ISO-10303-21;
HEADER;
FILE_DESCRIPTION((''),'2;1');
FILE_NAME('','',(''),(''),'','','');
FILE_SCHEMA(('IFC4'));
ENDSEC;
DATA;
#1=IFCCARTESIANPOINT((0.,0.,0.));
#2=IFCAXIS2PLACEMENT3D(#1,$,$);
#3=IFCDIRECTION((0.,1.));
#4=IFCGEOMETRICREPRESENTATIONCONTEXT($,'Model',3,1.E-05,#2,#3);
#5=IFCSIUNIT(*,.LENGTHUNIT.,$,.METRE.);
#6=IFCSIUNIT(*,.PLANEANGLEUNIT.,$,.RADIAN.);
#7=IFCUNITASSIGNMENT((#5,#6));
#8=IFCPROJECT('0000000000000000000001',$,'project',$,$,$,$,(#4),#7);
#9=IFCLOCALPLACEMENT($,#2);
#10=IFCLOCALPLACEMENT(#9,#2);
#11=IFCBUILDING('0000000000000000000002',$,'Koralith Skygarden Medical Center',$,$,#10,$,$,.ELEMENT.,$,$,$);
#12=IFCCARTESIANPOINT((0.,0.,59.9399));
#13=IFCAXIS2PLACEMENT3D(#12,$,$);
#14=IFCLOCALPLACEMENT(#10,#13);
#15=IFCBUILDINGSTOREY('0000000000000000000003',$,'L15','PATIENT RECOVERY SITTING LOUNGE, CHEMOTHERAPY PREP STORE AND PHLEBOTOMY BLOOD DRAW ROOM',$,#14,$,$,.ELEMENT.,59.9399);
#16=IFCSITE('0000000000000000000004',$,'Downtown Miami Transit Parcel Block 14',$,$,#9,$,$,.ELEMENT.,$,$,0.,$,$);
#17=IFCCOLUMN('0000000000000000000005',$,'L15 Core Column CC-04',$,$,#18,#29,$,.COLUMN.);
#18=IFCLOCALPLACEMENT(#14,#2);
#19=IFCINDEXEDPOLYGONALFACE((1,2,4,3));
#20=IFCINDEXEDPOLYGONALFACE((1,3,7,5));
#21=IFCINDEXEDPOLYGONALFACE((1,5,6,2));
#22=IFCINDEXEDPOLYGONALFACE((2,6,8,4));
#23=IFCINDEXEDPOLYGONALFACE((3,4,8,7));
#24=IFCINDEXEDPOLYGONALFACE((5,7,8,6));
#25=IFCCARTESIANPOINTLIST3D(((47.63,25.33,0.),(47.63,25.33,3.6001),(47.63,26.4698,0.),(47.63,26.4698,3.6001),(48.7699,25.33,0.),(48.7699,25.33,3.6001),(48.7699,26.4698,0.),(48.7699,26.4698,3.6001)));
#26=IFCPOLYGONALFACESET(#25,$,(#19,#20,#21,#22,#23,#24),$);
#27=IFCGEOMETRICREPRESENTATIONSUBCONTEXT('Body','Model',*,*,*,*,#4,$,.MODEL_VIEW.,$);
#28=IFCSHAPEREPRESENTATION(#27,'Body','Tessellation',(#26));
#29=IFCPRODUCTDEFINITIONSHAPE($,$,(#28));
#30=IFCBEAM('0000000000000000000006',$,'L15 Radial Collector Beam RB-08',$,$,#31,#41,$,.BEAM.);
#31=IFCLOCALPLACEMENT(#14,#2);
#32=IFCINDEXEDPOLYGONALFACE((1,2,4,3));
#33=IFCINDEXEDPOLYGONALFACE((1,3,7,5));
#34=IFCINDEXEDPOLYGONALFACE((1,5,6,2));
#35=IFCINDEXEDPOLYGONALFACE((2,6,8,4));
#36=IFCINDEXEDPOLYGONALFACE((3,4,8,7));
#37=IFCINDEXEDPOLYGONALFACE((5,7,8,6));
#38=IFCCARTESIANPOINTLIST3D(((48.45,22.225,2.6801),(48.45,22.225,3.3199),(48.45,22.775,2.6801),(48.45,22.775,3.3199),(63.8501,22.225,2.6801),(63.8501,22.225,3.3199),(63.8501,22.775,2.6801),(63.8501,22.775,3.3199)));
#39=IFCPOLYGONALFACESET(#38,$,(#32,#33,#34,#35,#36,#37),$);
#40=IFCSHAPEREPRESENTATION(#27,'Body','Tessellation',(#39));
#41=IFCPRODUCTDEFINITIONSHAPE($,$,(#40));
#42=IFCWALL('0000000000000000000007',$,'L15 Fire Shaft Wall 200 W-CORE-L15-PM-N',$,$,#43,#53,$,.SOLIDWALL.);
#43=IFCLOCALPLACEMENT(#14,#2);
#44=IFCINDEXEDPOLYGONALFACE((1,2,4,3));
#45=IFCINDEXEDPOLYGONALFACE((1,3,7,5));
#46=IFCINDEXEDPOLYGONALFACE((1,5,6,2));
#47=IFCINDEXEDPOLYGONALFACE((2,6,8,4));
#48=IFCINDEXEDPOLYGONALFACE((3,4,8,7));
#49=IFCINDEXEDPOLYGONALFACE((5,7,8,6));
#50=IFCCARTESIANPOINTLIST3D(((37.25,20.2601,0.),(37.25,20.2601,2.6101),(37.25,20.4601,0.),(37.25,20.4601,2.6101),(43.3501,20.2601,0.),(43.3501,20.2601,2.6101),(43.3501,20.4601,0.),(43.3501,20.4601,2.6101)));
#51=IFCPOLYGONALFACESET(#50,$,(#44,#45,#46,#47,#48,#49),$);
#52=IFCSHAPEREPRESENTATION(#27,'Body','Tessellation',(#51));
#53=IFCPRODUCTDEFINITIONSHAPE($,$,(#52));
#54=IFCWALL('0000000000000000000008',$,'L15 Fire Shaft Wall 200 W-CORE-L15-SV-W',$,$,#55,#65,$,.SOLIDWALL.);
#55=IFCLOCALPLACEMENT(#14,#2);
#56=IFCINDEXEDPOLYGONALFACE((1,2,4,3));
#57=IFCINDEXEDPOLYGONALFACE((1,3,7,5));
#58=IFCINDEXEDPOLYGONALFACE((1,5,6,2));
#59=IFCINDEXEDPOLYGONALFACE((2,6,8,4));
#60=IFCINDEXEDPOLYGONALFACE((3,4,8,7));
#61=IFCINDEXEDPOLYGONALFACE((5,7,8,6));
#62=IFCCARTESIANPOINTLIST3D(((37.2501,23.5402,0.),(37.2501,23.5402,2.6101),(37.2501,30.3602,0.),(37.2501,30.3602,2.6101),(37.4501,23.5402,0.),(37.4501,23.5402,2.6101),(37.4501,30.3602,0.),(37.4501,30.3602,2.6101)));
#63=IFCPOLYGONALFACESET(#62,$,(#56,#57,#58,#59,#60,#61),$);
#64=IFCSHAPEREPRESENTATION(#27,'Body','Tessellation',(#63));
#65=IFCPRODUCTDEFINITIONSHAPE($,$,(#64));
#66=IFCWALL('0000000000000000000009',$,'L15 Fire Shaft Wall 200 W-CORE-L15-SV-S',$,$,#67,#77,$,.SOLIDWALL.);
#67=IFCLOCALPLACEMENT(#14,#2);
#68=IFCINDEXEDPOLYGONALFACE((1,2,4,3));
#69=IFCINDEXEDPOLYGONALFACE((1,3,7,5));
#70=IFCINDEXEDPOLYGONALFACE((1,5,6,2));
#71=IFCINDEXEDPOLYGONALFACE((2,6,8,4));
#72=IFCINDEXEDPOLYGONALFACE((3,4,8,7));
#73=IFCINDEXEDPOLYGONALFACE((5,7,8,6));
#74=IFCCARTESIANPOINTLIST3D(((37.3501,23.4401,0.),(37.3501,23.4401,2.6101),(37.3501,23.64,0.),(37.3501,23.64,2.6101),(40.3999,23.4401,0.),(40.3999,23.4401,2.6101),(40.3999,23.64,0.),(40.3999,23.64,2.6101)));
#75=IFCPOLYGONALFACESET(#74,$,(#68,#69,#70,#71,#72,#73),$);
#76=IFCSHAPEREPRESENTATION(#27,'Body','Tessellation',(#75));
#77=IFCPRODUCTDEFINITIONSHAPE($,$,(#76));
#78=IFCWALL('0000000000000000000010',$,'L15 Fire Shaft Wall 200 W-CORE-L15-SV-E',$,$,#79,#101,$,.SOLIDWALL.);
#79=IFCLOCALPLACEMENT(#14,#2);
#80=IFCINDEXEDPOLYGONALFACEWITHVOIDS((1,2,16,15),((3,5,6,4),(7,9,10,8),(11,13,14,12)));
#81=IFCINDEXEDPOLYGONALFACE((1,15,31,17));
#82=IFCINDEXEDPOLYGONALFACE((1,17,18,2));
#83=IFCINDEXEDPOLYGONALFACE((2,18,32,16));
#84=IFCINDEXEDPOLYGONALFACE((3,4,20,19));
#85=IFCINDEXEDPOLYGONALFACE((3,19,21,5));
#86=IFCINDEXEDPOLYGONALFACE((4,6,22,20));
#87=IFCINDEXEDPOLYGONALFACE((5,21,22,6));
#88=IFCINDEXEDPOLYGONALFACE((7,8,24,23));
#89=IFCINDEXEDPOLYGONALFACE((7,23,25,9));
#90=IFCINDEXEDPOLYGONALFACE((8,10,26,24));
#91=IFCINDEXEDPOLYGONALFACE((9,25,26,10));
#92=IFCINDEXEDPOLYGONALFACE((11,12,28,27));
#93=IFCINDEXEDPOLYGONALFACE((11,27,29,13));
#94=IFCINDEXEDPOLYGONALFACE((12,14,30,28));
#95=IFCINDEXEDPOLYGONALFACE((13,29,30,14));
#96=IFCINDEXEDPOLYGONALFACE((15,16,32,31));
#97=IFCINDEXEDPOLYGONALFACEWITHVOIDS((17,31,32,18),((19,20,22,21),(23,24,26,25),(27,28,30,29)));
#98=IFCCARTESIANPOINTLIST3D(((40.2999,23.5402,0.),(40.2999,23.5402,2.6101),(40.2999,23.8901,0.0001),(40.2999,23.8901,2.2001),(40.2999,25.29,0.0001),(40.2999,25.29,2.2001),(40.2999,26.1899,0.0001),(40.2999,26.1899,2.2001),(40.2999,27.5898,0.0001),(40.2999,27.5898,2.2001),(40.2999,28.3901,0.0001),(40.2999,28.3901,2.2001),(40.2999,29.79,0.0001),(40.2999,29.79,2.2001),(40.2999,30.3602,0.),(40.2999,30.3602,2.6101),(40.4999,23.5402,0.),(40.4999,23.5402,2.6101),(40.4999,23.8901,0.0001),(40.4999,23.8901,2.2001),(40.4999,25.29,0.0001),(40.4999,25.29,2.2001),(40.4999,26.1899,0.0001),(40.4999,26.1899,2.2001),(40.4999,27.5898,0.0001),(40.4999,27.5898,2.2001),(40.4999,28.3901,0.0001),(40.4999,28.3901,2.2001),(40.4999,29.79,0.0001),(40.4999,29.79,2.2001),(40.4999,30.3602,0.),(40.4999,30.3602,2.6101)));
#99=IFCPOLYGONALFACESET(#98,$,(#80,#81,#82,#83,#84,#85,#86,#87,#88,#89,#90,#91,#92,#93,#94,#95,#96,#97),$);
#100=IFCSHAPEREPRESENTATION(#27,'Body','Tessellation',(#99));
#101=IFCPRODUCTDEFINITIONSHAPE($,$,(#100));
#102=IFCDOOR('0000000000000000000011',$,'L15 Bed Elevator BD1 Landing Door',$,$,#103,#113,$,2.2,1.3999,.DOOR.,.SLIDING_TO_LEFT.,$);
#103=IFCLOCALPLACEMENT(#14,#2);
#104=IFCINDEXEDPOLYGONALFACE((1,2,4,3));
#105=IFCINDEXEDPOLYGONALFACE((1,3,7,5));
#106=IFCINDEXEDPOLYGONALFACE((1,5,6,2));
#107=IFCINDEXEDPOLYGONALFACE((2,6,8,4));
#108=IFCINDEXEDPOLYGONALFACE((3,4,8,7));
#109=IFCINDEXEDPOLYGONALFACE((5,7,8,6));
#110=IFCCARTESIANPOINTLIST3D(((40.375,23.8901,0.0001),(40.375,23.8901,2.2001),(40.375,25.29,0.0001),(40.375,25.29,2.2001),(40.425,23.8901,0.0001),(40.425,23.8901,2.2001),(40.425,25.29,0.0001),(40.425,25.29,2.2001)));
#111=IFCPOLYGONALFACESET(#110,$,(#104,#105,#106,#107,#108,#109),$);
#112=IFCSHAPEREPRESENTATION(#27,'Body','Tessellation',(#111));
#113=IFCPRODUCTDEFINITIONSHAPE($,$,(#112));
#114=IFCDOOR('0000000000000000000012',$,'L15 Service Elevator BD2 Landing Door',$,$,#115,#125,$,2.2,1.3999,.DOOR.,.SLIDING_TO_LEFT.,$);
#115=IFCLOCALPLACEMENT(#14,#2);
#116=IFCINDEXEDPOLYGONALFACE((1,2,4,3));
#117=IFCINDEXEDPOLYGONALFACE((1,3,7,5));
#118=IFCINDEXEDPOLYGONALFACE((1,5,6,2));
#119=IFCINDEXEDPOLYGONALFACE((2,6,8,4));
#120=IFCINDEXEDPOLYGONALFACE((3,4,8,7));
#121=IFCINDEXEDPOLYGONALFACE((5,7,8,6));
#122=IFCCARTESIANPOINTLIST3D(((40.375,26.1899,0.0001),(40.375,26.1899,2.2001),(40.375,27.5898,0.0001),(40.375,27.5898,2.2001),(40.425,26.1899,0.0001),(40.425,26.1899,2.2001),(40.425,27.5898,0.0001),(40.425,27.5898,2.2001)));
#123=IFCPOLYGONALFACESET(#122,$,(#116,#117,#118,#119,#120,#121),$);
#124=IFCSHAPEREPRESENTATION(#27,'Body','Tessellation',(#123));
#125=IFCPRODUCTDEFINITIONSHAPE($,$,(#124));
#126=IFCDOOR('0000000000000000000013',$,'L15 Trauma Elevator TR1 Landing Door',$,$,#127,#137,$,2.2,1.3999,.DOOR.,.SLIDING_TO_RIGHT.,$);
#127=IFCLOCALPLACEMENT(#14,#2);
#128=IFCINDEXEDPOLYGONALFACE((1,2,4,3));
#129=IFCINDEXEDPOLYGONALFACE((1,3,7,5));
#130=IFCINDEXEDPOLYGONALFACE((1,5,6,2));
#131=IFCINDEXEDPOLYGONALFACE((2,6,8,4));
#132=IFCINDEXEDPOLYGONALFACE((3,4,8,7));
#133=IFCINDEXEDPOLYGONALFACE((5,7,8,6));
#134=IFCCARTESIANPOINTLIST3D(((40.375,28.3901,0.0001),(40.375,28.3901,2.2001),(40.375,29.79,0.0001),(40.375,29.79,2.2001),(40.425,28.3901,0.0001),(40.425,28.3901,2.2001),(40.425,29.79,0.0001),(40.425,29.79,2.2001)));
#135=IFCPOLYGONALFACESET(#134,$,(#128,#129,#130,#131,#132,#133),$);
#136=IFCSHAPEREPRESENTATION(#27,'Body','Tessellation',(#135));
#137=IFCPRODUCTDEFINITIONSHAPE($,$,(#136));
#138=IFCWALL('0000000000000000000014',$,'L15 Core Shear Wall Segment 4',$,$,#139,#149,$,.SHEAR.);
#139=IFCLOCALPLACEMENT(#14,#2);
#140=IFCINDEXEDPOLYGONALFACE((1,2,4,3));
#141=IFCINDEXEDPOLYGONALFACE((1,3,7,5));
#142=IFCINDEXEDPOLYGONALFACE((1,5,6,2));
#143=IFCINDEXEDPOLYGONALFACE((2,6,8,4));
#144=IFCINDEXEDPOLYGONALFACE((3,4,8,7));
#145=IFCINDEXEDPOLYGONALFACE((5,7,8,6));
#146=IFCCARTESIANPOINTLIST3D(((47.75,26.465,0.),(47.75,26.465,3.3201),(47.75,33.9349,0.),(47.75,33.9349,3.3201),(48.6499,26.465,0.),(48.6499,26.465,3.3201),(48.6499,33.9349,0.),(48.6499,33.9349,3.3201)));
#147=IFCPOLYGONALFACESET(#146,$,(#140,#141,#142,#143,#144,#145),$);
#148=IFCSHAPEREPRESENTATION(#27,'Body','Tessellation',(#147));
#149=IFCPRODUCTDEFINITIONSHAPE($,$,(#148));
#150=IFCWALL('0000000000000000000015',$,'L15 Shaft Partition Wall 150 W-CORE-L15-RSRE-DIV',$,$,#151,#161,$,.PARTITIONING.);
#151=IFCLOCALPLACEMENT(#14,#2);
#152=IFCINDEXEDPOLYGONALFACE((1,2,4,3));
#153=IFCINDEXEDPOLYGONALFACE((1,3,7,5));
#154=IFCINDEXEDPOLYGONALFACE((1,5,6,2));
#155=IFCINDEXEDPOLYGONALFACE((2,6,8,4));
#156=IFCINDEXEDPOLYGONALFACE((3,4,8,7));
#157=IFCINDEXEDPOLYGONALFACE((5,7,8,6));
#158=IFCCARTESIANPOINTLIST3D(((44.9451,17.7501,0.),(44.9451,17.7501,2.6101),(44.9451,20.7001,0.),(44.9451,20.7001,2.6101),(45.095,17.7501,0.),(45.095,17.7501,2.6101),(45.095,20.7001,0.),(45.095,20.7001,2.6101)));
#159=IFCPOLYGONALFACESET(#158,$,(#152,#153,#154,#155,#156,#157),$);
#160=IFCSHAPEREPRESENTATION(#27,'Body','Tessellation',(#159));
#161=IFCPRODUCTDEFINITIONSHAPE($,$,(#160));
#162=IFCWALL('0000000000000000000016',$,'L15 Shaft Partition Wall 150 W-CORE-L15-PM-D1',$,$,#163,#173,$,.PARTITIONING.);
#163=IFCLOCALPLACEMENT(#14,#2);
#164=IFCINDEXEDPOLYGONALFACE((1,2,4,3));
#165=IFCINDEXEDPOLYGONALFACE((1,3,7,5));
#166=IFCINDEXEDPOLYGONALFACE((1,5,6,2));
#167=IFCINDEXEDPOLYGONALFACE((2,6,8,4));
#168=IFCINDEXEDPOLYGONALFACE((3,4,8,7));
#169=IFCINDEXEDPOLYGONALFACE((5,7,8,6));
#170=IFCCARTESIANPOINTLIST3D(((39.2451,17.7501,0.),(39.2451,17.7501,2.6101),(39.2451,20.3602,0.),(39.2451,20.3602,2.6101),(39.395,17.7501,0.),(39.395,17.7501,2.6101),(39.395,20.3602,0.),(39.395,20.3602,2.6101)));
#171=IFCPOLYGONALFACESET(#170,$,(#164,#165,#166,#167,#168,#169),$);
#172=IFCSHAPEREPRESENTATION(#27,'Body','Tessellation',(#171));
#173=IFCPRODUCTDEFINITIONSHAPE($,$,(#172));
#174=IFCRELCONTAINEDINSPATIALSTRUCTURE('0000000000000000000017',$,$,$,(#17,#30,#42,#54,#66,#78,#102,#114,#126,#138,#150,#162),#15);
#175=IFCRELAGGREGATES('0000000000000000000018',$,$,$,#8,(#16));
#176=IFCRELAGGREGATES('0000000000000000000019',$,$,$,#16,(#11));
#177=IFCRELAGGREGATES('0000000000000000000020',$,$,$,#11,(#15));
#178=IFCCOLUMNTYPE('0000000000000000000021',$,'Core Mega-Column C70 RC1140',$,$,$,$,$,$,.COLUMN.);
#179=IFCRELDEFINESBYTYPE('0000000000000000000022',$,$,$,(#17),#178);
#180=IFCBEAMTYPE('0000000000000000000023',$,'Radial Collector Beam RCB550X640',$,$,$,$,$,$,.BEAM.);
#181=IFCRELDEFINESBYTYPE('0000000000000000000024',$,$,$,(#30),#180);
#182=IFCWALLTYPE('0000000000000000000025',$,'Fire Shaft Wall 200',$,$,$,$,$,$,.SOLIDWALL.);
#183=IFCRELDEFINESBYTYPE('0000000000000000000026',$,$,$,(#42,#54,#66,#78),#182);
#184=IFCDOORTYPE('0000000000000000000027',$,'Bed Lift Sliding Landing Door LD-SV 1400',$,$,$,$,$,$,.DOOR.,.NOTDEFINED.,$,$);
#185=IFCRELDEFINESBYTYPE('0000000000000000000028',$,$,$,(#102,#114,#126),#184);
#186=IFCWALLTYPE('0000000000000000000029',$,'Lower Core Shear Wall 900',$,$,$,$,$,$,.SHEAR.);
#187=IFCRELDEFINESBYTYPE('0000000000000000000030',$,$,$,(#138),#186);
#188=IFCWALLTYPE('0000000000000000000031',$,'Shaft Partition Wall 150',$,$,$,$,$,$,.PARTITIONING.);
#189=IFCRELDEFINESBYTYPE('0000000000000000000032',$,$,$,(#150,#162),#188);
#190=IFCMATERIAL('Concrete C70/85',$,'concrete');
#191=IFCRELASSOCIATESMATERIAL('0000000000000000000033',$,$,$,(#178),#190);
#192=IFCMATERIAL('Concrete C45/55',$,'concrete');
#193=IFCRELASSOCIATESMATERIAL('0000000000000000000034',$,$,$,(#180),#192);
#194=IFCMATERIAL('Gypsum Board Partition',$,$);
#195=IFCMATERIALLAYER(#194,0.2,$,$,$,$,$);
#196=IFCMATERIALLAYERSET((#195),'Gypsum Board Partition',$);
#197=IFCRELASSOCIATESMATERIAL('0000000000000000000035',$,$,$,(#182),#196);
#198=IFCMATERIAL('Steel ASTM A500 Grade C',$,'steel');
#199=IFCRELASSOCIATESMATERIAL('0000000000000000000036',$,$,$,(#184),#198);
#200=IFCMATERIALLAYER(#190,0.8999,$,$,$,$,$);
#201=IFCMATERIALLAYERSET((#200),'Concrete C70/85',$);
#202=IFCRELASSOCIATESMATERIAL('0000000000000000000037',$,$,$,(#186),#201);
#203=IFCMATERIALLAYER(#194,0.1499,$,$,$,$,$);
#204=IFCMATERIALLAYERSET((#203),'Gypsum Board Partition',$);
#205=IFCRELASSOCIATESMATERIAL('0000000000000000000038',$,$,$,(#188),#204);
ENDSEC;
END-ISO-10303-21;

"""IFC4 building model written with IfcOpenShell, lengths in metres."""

from ifc_helpers import new_model, si_unit, direction, frame, frame_2d, origin, origin_2d, place, context, subcontext, project, spatial, rectangle, extrude, material, layer, layer_set, material_profile, profile_set, type_object, element, fill, save


model = new_model("IFC4")

# Units and contexts
model_context = context("Model", 3, precision=1e-05, world=origin(), true_north=direction((0.0, 1.0)))
body_context = subcontext(model_context, "Body", "Model", "MODEL_VIEW")
ifc_project = project(units=[si_unit("LENGTHUNIT", "METRE"), si_unit("PLANEANGLEUNIT", "RADIAN")], contexts=[model_context])

# Site, building, storey
site_placement = place(None, origin())
site = spatial("IfcSite", under=ifc_project, at=site_placement, Name="Downtown Miami Transit Parcel Block 14", CompositionType="ELEMENT", RefElevation=0.0)
building_placement = place(site_placement, origin())
building = spatial("IfcBuilding", under=site, at=building_placement, Name="Koralith Skygarden Medical Center", CompositionType="ELEMENT")
storey_placement = place(building_placement, frame((0.0, 0.0, 59.9399)))
storey = spatial("IfcBuildingStorey", under=building, at=storey_placement, Name="L15", Description="PATIENT RECOVERY SITTING LOUNGE, CHEMOTHERAPY PREP STORE AND PHLEBOTOMY BLOOD DRAW ROOM", CompositionType="ELEMENT", Elevation=59.9399)

# Column
ifc_material_1 = material(Name="Concrete C70/85", Category="concrete")
ifc_material_profile_1 = material_profile(ifc_material_1, rectangle(XDim=1.1399, YDim=1.1399, at=origin_2d()), Name="RC1140X1140")
ifc_profile_set_1 = profile_set([ifc_material_profile_1], Name="Concrete C70/85")
column_type = type_object("IfcColumnType", Name="Core Mega-Column C70 RC1140", PredefinedType="COLUMN", material=ifc_profile_set_1)
column_placement = place(storey_placement, frame((48.2, 25.8999, 0.0), z_axis=(0.0, 0.0, 1.0), x_axis=(1.0, 0.0, 0.0)))
element("IfcColumn", 1, at=column_placement, inside=storey, type_object=column_type, Name="L15 Core Column CC-04", PredefinedType="COLUMN", context=body_context, shape_type="SweptSolid", body=[
    extrude(rectangle(XDim=1.1399, YDim=1.1399, at=origin_2d()), origin(), (0.0, 0.0, 1.0), 3.6001),
])

# Beam
ifc_material_2 = material(Name="Concrete C45/55", Category="concrete")
ifc_material_profile_2 = material_profile(ifc_material_2, rectangle(XDim=0.55, YDim=0.6399, at=origin_2d()), Name="RCB550X640")
ifc_profile_set_2 = profile_set([ifc_material_profile_2], Name="Concrete C45/55")
beam_type = type_object("IfcBeamType", Name="Radial Collector Beam RCB550X640", PredefinedType="BEAM", material=ifc_profile_set_2)
beam_placement = place(storey_placement, frame((48.45, 22.5, 3.0), z_axis=(1.0, 0.0, 0.0), x_axis=(0.0, 1.0, 0.0)))
element("IfcBeam", 2, at=beam_placement, inside=storey, type_object=beam_type, Name="L15 Radial Collector Beam RB-08", PredefinedType="BEAM", context=body_context, shape_type="SweptSolid", body=[
    extrude(rectangle(XDim=0.55, YDim=0.6399, at=origin_2d()), origin(), (0.0, 0.0, 1.0), 15.4001),
])

# Shared definitions
ifc_material_3 = material(Name="Gypsum Board Partition")
ifc_layer_1 = layer(ifc_material_3, 0.2)
ifc_layer_set_1 = layer_set([ifc_layer_1], Name="Gypsum Board Partition")
wall_type_1 = type_object("IfcWallType", Name="Fire Shaft Wall 200", PredefinedType="SOLIDWALL", material=ifc_layer_set_1)
ifc_material_4 = material(Name="Steel ASTM A500 Grade C", Category="steel")

# Walls
wall_1_placement = place(storey_placement, frame((37.25, 20.3601, 0.0), z_axis=(0.0, 0.0, 1.0), x_axis=(1.0, 0.0, 0.0)))
element("IfcWall", 3, at=wall_1_placement, inside=storey, type_object=wall_type_1, Name="L15 Fire Shaft Wall 200 W-CORE-L15-PM-N", PredefinedType="SOLIDWALL", context=body_context, shape_type="SweptSolid", body=[
    extrude(rectangle(XDim=6.1001, YDim=0.2, at=frame_2d((3.05, 0.0))), origin(), (0.0, 0.0, 1.0), 2.6101),
])
wall_2_placement = place(storey_placement, frame((37.3501, 23.54, 0.0), z_axis=(0.0, 0.0, 1.0), x_axis=(0.0, 1.0, 0.0)))
element("IfcWall", 4, at=wall_2_placement, inside=storey, type_object=wall_type_1, Name="L15 Fire Shaft Wall 200 W-CORE-L15-SV-W", PredefinedType="SOLIDWALL", context=body_context, shape_type="SweptSolid", body=[
    extrude(rectangle(XDim=6.8201, YDim=0.2, at=frame_2d((3.4102, 0.0))), origin(), (0.0, 0.0, 1.0), 2.6101),
])
wall_3_placement = place(storey_placement, frame((37.3501, 23.54, 0.0), z_axis=(0.0, 0.0, 1.0), x_axis=(1.0, 0.0, 0.0)))
element("IfcWall", 5, at=wall_3_placement, inside=storey, type_object=wall_type_1, Name="L15 Fire Shaft Wall 200 W-CORE-L15-SV-S", PredefinedType="SOLIDWALL", context=body_context, shape_type="SweptSolid", body=[
    extrude(rectangle(XDim=3.0498, YDim=0.2, at=frame_2d((1.5249, 0.0))), origin(), (0.0, 0.0, 1.0), 2.6101),
])

# Wall, openings, doors
wall_4_placement = place(storey_placement, frame((40.3999, 23.54, 0.0), z_axis=(0.0, 0.0, 1.0), x_axis=(0.0, 1.0, 0.0)))
wall_4 = element("IfcWall", 6, at=wall_4_placement, inside=storey, type_object=wall_type_1, Name="L15 Fire Shaft Wall 200 W-CORE-L15-SV-E", PredefinedType="SOLIDWALL", context=body_context, shape_type="SweptSolid", body=[
    extrude(rectangle(XDim=6.8201, YDim=0.2, at=frame_2d((3.4102, 0.0))), origin(), (0.0, 0.0, 1.0), 2.6101),
])
opening_1_placement = place(wall_4_placement, frame((0.3501, 0.0, 0.0)))
opening_1 = element("IfcOpeningElement", 7, at=opening_1_placement, cuts=wall_4, PredefinedType="OPENING", context=body_context, shape_type="SweptSolid", body=[
    extrude(rectangle(XDim=1.3999, YDim=2.2, at=frame_2d((0.7, 1.1001))), frame((0.0, 0.1099, 0.0), z_axis=(0.0, -1.0, 0.0), x_axis=(1.0, 0.0, 0.0)), (0.0, 0.0, 1.0), 0.22),
])
opening_2_placement = place(wall_4_placement, frame((2.6499, 0.0, 0.0)))
opening_2 = element("IfcOpeningElement", 8, at=opening_2_placement, cuts=wall_4, PredefinedType="OPENING", context=body_context, shape_type="SweptSolid", body=[
    extrude(rectangle(XDim=1.3999, YDim=2.2, at=frame_2d((0.7, 1.1001))), frame((0.0, 0.1099, 0.0), z_axis=(0.0, -1.0, 0.0), x_axis=(1.0, 0.0, 0.0)), (0.0, 0.0, 1.0), 0.22),
])
opening_3_placement = place(wall_4_placement, frame((4.8501, 0.0, 0.0)))
opening_3 = element("IfcOpeningElement", 9, at=opening_3_placement, cuts=wall_4, PredefinedType="OPENING", context=body_context, shape_type="SweptSolid", body=[
    extrude(rectangle(XDim=1.3999, YDim=2.2, at=frame_2d((0.7, 1.1001))), frame((0.0, 0.1099, 0.0), z_axis=(0.0, -1.0, 0.0), x_axis=(1.0, 0.0, 0.0)), (0.0, 0.0, 1.0), 0.22),
])
door_type_1 = type_object("IfcDoorType", Name="Bed Lift Sliding Landing Door LD-SV 1400", OperationType="NOTDEFINED", PredefinedType="DOOR", material=ifc_material_4)
door_1_placement = place(opening_1_placement, origin())
door_1 = element("IfcDoor", 10, at=door_1_placement, inside=storey, type_object=door_type_1, Name="L15 Bed Elevator BD1 Landing Door", OperationType="SLIDING_TO_LEFT", OverallHeight=2.2, OverallWidth=1.3999, PredefinedType="DOOR", context=body_context, shape_type="SweptSolid", body=[
    extrude(rectangle(XDim=1.3999, YDim=2.2, at=frame_2d((0.7, 1.1001))), frame((0.0, 0.0249, 0.0), z_axis=(0.0, -1.0, 0.0), x_axis=(1.0, 0.0, 0.0)), (0.0, 0.0, 1.0), 0.05),
])
fill(opening_1, door_1)
door_2_placement = place(opening_2_placement, origin())
door_2 = element("IfcDoor", 11, at=door_2_placement, inside=storey, type_object=door_type_1, Name="L15 Service Elevator BD2 Landing Door", OperationType="SLIDING_TO_LEFT", OverallHeight=2.2, OverallWidth=1.3999, PredefinedType="DOOR", context=body_context, shape_type="SweptSolid", body=[
    extrude(rectangle(XDim=1.3999, YDim=2.2, at=frame_2d((0.7, 1.1001))), frame((0.0, 0.0249, 0.0), z_axis=(0.0, -1.0, 0.0), x_axis=(1.0, 0.0, 0.0)), (0.0, 0.0, 1.0), 0.05),
])
fill(opening_2, door_2)
door_3_placement = place(opening_3_placement, origin())
door_3 = element("IfcDoor", 12, at=door_3_placement, inside=storey, type_object=door_type_1, Name="L15 Trauma Elevator TR1 Landing Door", OperationType="SLIDING_TO_RIGHT", OverallHeight=2.2, OverallWidth=1.3999, PredefinedType="DOOR", context=body_context, shape_type="SweptSolid", body=[
    extrude(rectangle(XDim=1.3999, YDim=2.2, at=frame_2d((0.7, 1.1001))), frame((0.0, 0.0249, 0.0), z_axis=(0.0, -1.0, 0.0), x_axis=(1.0, 0.0, 0.0)), (0.0, 0.0, 1.0), 0.05),
])
fill(opening_3, door_3)

# Shared definitions
ifc_layer_2 = layer(ifc_material_1, 0.8999)
ifc_layer_set_2 = layer_set([ifc_layer_2], Name="Concrete C70/85")
wall_type_2 = type_object("IfcWallType", Name="Lower Core Shear Wall 900", PredefinedType="SHEAR", material=ifc_layer_set_2)

# Walls
wall_5_placement = place(storey_placement, frame((48.2, 26.4651, 0.0), z_axis=(0.0, 0.0, 1.0), x_axis=(0.0, 1.0, 0.0)))
element("IfcWall", 13, at=wall_5_placement, inside=storey, type_object=wall_type_2, Name="L15 Core Shear Wall Segment 4", PredefinedType="SHEAR", context=body_context, shape_type="SweptSolid", body=[
    extrude(rectangle(XDim=7.47, YDim=0.8999, at=frame_2d((3.7349, 0.0))), origin(), (0.0, 0.0, 1.0), 3.3201),
])
ifc_layer_3 = layer(ifc_material_3, 0.1499)
ifc_layer_set_3 = layer_set([ifc_layer_3], Name="Gypsum Board Partition")
wall_type_3 = type_object("IfcWallType", Name="Shaft Partition Wall 150", PredefinedType="PARTITIONING", material=ifc_layer_set_3)
wall_6_placement = place(storey_placement, frame((45.02, 17.75, 0.0), z_axis=(0.0, 0.0, 1.0), x_axis=(0.0, 1.0, 0.0)))
element("IfcWall", 14, at=wall_6_placement, inside=storey, type_object=wall_type_3, Name="L15 Shaft Partition Wall 150 W-CORE-L15-RSRE-DIV", PredefinedType="PARTITIONING", context=body_context, shape_type="SweptSolid", body=[
    extrude(rectangle(XDim=2.95, YDim=0.1499, at=frame_2d((1.4751, 0.0))), origin(), (0.0, 0.0, 1.0), 2.6101),
])
for number, where, z_axis, x_axis, name in (
    (15, (39.3201, 17.75, 0.0), (0.0, 0.0, 1.0), (0.0, 1.0, 0.0), "L15 Shaft Partition Wall 150 W-CORE-L15-PM-D1"),
):
    element("IfcWall", number, at=place(storey_placement, frame(where, z_axis=z_axis, x_axis=x_axis)), inside=storey, type_object=wall_type_3, Name=name, PredefinedType="PARTITIONING", context=body_context, shape_type="SweptSolid", body=[
        extrude(rectangle(XDim=2.6101, YDim=0.1499, at=frame_2d((1.3052, 0.0))), origin(), (0.0, 0.0, 1.0), 2.6101),
    ])

save(model, "model.ifc")
